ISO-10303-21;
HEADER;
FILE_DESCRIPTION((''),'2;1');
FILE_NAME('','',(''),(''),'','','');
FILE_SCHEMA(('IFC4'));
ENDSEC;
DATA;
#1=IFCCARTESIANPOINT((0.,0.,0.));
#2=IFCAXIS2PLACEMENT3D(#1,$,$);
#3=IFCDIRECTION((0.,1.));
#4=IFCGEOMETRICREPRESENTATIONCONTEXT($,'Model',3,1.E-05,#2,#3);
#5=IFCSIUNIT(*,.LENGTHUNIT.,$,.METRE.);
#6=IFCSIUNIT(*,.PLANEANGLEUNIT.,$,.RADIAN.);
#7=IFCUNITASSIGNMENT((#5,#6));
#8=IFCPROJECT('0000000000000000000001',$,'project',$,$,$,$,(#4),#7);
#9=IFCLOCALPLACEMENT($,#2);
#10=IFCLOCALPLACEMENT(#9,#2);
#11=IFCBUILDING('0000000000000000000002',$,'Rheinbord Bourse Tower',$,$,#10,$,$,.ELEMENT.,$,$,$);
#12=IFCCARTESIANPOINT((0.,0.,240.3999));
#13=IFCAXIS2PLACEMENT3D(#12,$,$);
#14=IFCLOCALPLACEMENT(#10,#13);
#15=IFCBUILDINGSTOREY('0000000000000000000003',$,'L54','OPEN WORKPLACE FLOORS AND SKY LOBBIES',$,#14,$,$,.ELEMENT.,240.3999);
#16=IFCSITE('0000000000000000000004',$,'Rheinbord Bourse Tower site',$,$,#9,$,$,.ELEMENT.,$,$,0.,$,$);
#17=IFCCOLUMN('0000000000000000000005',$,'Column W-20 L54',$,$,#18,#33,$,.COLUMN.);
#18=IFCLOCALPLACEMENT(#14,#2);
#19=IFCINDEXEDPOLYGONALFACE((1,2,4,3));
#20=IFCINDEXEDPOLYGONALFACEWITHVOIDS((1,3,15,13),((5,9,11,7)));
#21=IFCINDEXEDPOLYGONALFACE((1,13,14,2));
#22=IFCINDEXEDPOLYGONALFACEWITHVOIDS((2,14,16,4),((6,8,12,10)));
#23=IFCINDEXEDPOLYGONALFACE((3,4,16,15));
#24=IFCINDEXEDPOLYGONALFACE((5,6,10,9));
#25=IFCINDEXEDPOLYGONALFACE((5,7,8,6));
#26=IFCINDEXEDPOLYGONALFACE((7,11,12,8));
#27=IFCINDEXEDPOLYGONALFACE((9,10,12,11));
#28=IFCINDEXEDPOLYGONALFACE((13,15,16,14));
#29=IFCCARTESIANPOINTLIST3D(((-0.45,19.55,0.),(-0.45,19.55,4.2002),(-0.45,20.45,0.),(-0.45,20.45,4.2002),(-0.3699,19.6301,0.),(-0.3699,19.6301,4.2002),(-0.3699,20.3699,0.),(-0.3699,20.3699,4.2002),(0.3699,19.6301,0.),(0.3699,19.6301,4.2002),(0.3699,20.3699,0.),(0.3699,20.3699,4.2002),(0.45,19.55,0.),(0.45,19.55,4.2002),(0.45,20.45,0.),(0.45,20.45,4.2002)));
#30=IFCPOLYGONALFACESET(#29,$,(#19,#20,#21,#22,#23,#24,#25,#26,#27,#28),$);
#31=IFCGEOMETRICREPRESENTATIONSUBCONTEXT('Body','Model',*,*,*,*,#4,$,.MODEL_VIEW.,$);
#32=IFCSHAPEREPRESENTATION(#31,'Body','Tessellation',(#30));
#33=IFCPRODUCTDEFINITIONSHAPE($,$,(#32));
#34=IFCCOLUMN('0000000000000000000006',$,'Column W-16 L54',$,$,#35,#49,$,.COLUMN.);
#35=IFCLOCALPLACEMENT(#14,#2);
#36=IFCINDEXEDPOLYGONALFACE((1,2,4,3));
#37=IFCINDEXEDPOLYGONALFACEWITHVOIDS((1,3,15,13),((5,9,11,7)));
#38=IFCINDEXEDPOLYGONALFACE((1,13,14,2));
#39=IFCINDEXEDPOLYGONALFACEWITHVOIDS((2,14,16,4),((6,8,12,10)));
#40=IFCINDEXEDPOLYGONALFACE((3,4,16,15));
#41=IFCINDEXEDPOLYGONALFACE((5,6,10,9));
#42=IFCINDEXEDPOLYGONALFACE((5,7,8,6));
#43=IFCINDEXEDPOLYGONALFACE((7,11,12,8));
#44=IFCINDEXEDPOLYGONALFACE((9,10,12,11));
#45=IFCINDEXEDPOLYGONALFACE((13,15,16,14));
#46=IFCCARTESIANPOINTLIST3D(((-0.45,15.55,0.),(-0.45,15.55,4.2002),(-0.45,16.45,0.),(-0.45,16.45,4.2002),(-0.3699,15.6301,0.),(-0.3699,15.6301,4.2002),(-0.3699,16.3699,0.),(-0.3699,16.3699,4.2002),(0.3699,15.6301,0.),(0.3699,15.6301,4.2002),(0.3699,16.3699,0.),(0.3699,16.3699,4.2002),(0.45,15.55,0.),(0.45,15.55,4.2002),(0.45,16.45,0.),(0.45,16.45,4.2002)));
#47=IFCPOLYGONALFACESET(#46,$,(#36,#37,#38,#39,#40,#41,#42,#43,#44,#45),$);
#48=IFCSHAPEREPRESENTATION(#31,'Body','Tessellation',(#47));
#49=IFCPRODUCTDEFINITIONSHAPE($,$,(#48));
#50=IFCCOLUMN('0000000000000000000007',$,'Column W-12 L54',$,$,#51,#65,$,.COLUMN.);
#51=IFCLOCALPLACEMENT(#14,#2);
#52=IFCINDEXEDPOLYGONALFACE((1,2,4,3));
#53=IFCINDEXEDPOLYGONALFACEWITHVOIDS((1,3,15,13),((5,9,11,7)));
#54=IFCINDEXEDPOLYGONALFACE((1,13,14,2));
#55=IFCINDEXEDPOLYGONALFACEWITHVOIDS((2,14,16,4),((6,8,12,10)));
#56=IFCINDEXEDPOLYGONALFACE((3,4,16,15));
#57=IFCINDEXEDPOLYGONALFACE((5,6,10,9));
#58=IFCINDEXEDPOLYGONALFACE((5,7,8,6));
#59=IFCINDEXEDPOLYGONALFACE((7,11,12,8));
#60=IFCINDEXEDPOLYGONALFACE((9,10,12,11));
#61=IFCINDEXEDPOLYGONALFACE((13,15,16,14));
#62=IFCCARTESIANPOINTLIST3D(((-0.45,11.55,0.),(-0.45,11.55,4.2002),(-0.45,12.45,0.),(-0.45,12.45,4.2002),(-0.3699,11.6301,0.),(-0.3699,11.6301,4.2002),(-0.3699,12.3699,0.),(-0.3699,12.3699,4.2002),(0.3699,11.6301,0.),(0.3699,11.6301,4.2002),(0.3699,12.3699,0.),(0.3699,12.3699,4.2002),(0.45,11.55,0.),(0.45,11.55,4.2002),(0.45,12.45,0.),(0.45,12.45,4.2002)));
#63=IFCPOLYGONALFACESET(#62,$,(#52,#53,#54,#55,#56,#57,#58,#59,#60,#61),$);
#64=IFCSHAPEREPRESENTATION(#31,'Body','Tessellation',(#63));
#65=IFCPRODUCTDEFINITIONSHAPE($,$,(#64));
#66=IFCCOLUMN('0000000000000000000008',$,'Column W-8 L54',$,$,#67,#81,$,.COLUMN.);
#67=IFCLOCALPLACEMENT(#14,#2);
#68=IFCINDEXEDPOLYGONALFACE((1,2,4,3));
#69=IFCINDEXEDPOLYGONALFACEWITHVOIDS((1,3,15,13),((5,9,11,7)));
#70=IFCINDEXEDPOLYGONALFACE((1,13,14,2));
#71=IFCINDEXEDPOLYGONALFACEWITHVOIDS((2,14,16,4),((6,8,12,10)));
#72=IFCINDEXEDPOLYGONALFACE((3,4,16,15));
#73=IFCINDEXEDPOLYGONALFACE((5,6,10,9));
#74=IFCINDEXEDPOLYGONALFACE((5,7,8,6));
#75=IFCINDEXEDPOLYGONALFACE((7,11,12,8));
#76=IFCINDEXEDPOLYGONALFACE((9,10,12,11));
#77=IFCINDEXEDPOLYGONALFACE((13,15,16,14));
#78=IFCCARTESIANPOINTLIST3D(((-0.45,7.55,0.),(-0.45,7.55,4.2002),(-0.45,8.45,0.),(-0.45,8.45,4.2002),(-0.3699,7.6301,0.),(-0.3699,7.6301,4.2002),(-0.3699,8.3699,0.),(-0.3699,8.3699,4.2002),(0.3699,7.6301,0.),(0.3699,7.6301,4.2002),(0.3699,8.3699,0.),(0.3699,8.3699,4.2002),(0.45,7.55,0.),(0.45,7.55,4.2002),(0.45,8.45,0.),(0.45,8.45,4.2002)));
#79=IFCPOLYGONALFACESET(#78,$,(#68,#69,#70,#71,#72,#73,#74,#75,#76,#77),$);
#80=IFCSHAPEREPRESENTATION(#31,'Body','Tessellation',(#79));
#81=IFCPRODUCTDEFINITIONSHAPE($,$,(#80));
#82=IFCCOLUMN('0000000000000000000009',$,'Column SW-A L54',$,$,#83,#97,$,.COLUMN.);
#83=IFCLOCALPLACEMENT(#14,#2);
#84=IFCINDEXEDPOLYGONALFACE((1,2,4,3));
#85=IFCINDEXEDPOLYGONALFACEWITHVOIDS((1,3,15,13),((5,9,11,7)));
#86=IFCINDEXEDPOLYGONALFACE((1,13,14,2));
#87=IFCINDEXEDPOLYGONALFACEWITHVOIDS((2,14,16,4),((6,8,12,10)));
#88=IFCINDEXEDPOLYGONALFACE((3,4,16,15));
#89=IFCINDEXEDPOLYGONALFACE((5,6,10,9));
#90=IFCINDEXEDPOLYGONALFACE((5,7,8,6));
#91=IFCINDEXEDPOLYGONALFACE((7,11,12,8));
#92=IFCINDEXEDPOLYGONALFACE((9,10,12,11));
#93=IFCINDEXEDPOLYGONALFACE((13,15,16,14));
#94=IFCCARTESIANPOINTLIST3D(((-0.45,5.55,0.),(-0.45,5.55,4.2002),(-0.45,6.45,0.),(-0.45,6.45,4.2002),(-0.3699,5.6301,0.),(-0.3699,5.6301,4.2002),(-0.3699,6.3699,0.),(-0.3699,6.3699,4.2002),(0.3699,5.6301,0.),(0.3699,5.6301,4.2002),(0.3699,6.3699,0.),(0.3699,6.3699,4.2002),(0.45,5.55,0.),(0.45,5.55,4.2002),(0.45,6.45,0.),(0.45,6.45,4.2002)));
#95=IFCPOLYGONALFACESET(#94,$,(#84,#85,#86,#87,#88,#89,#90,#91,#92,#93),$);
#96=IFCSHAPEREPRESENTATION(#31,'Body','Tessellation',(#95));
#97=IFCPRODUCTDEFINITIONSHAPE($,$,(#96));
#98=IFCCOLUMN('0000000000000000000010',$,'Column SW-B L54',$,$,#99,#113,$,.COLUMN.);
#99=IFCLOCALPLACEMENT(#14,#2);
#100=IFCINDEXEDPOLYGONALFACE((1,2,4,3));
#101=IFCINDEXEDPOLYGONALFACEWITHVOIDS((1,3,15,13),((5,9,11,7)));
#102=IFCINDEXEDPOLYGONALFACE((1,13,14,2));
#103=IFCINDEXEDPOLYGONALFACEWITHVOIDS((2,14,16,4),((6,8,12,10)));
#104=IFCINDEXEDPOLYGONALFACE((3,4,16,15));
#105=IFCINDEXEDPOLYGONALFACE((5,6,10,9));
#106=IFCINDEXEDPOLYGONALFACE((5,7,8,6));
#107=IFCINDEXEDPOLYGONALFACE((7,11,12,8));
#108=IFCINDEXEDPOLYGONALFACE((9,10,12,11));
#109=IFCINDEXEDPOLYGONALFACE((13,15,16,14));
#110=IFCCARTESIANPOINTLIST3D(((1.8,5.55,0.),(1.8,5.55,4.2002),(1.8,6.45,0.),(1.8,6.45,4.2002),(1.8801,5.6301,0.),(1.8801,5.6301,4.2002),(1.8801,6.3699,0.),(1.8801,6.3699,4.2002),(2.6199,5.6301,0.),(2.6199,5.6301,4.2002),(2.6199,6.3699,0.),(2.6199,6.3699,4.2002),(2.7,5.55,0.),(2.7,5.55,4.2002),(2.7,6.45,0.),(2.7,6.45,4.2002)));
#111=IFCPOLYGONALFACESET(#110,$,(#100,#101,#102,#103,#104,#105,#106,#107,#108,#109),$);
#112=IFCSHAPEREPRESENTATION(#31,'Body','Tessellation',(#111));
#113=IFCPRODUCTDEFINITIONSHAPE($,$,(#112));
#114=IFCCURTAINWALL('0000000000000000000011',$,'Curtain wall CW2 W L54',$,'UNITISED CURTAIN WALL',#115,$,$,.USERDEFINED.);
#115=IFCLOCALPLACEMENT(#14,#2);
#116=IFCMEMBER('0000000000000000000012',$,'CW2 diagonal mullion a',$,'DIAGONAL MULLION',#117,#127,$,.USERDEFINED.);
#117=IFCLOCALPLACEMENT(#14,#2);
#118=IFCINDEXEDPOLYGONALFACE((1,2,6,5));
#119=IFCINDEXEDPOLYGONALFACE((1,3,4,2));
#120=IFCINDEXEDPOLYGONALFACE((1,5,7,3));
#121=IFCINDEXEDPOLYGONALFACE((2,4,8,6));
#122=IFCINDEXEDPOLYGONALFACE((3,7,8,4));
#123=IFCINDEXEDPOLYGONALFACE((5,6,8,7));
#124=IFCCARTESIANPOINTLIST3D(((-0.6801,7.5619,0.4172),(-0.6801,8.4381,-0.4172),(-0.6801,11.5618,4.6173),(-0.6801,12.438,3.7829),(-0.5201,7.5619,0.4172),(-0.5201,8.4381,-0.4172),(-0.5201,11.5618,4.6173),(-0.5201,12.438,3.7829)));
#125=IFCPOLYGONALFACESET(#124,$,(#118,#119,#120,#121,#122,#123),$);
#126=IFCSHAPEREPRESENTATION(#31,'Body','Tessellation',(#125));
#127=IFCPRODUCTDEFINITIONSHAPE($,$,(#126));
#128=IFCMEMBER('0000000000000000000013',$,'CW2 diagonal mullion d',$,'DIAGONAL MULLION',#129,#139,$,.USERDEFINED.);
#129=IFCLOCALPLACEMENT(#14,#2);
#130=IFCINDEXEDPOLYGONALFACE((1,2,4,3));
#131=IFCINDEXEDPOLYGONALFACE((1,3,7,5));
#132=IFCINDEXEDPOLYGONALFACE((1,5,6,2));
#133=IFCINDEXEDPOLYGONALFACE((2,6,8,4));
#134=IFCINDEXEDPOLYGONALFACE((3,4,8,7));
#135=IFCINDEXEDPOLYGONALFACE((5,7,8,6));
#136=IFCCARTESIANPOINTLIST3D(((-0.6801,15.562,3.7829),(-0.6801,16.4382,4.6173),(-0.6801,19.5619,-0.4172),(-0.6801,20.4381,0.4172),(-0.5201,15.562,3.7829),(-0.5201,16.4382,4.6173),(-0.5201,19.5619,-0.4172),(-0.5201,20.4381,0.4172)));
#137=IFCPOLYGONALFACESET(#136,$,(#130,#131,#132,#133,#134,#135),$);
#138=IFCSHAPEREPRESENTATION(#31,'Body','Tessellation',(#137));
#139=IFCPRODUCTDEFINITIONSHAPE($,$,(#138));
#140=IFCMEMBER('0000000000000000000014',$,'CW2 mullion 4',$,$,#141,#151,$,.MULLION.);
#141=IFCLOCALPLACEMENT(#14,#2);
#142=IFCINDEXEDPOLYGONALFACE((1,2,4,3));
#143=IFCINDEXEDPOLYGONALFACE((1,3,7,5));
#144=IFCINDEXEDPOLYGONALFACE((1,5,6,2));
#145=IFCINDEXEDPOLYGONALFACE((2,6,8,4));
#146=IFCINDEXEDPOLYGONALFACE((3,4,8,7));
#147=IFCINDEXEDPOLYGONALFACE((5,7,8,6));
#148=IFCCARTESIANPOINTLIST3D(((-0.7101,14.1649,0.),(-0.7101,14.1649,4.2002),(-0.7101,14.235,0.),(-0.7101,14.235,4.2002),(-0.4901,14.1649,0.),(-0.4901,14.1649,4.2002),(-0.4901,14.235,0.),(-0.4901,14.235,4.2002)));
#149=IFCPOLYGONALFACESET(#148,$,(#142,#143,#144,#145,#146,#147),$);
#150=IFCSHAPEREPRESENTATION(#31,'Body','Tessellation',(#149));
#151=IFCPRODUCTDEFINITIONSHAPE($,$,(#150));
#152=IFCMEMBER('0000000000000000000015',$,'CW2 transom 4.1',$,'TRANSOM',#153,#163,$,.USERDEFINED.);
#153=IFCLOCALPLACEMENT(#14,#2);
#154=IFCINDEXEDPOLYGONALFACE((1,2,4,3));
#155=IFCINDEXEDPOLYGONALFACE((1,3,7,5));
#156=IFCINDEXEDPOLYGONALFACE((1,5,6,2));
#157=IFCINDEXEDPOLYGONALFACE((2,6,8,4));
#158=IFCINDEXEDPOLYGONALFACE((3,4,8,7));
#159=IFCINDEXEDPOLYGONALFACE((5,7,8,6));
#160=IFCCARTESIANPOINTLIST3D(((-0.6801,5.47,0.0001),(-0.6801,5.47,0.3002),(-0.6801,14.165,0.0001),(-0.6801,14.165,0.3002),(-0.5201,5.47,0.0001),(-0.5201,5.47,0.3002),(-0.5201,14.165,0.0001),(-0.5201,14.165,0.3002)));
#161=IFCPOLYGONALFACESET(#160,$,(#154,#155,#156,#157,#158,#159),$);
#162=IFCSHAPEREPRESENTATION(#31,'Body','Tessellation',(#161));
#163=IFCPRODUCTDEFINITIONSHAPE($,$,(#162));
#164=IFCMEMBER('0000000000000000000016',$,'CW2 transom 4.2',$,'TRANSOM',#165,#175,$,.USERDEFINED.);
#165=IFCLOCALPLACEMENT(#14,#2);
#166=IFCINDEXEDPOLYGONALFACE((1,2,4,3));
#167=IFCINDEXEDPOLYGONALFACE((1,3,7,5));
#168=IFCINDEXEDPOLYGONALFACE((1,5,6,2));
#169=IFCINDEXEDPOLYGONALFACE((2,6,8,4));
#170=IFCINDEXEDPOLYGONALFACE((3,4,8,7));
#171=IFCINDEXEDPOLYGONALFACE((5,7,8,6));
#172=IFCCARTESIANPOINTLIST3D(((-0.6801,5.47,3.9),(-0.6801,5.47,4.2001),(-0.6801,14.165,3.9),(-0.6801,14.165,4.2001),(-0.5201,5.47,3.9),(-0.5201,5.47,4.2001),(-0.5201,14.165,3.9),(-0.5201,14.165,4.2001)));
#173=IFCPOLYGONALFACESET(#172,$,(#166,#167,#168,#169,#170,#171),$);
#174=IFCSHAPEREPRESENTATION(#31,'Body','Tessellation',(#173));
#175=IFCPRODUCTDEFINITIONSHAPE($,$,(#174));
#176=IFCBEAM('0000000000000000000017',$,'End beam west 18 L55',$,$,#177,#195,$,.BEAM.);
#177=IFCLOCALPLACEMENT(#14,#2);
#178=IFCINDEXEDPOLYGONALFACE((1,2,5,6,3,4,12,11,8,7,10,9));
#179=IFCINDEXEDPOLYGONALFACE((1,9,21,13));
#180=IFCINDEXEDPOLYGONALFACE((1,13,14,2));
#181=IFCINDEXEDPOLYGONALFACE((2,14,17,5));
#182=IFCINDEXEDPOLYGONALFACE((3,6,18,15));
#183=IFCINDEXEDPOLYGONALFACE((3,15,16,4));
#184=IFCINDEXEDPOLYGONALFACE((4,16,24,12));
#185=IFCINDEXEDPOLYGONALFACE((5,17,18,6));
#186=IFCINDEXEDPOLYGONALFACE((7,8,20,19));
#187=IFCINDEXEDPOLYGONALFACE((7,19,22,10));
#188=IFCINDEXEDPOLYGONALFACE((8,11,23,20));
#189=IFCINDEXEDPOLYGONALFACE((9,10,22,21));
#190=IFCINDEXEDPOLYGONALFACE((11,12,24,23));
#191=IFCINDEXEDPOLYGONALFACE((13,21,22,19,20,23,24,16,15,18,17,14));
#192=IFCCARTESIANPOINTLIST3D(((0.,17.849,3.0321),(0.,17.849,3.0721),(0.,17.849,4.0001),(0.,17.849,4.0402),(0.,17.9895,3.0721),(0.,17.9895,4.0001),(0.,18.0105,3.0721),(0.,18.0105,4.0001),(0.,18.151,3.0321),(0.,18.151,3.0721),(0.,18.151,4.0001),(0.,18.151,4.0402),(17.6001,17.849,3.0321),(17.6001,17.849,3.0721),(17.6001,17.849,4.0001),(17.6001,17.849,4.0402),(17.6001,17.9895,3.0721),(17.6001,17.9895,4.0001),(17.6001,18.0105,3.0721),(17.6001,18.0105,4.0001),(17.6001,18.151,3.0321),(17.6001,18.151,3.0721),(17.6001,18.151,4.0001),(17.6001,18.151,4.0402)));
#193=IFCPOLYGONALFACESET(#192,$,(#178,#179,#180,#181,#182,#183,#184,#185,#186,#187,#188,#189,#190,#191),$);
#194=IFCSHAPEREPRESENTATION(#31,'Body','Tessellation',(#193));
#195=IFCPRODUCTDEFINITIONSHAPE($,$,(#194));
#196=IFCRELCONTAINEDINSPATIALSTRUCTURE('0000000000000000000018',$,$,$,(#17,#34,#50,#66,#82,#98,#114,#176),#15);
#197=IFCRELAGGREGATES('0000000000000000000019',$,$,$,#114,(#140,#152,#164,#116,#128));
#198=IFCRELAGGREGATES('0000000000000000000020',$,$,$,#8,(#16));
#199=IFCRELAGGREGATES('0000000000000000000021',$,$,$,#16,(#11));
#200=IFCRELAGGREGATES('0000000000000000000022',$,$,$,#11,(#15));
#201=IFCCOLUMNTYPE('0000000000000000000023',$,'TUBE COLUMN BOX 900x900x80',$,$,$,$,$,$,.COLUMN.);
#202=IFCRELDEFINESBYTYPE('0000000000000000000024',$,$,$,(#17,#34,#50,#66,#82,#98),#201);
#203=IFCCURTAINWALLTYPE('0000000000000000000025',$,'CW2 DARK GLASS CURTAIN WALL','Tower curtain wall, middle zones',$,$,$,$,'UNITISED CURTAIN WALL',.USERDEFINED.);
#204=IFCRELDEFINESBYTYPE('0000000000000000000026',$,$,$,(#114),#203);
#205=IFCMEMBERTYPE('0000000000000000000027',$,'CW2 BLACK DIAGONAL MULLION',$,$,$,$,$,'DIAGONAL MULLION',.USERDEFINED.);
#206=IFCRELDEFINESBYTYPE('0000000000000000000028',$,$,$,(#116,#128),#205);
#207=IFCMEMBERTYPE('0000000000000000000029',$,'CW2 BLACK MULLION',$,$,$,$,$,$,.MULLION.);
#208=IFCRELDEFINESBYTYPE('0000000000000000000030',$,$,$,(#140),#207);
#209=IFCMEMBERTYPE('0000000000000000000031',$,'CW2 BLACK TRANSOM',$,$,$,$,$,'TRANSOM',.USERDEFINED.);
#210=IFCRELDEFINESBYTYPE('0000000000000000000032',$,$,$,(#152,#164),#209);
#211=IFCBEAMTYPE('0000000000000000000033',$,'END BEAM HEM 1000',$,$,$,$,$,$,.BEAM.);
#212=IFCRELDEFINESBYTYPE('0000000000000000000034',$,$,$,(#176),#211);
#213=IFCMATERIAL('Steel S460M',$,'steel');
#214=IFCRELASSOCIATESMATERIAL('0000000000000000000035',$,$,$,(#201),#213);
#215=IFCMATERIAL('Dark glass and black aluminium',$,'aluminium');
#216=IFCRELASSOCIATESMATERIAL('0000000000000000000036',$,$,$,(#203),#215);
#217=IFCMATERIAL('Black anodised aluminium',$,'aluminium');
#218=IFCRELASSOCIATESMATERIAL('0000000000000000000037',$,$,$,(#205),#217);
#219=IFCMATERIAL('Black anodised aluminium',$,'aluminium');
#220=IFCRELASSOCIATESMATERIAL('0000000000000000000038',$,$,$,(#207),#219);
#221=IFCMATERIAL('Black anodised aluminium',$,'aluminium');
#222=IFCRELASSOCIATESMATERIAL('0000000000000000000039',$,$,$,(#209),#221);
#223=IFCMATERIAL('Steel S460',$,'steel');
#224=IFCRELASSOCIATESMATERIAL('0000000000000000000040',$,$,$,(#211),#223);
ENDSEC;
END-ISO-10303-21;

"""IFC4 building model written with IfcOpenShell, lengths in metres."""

from ifc_helpers import new_model, si_unit, direction, frame, origin, origin_2d, place, context, subcontext, project, spatial, rectangle, hollow_rectangle, i_section, extrude, material, material_profile, profile_set, type_object, element, aggregate, save


model = new_model("IFC4")

# Units and contexts
model_context = context("Model", 3, precision=1e-05, world=origin(), true_north=direction((0.0, 1.0)))
body_context = subcontext(model_context, "Body", "Model", "MODEL_VIEW")
ifc_project = project(units=[si_unit("LENGTHUNIT", "METRE"), si_unit("PLANEANGLEUNIT", "RADIAN")], contexts=[model_context])

# Site, building, storey
site_placement = place(None, origin())
site = spatial("IfcSite", under=ifc_project, at=site_placement, Name="Rheinbord Bourse Tower site", CompositionType="ELEMENT", RefElevation=0.0)
building_placement = place(site_placement, origin())
building = spatial("IfcBuilding", under=site, at=building_placement, Name="Rheinbord Bourse Tower", CompositionType="ELEMENT")
storey_placement = place(building_placement, frame((0.0, 0.0, 240.3999)))
storey = spatial("IfcBuildingStorey", under=building, at=storey_placement, Name="L54", Description="OPEN WORKPLACE FLOORS AND SKY LOBBIES", CompositionType="ELEMENT", Elevation=240.3999)

# Columns
ifc_material_1 = material(Name="Steel S460M", Category="steel")
ifc_material_profile_1 = material_profile(ifc_material_1, hollow_rectangle(XDim=0.8999, YDim=0.8999, WallThickness=0.0801, at=origin_2d()), Name="BOX 900x900x80")
ifc_profile_set_1 = profile_set([ifc_material_profile_1], Name="Steel S460M")
column_type = type_object("IfcColumnType", Name="TUBE COLUMN BOX 900x900x80", PredefinedType="COLUMN", material=ifc_profile_set_1)
for number, where, z_axis, x_axis, name in (
    (1, (0.0, 20.0, 0.0), (0.0, 0.0, 1.0), (1.0, 0.0, 0.0), "Column W-20 L54"),
    (2, (0.0, 16.0, 0.0), (0.0, 0.0, 1.0), (1.0, 0.0, 0.0), "Column W-16 L54"),
    (3, (0.0, 12.0, 0.0), (0.0, 0.0, 1.0), (1.0, 0.0, 0.0), "Column W-12 L54"),
    (4, (0.0, 8.0, 0.0), (0.0, 0.0, 1.0), (1.0, 0.0, 0.0), "Column W-8 L54"),
    (5, (0.0, 6.0, 0.0), (0.0, 0.0, 1.0), (1.0, 0.0, 0.0), "Column SW-A L54"),
    (6, (2.25, 6.0, 0.0), (0.0, 0.0, 1.0), (1.0, 0.0, 0.0), "Column SW-B L54"),
):
    element("IfcColumn", number, at=place(storey_placement, frame(where, z_axis=z_axis, x_axis=x_axis)), inside=storey, type_object=column_type, Name=name, PredefinedType="COLUMN", context=body_context, shape_type="SweptSolid", body=[
        extrude(hollow_rectangle(XDim=0.8999, YDim=0.8999, WallThickness=0.0801, at=origin_2d()), origin(), (0.0, 0.0, 1.0), 4.2002),
    ])

# Curtain wall, members
ifc_material_2 = material(Name="Dark glass and black aluminium", Category="aluminium")
curtain_wall_type = type_object("IfcCurtainWallType", Name="CW2 DARK GLASS CURTAIN WALL", Description="Tower curtain wall, middle zones", ElementType="UNITISED CURTAIN WALL", PredefinedType="USERDEFINED", material=ifc_material_2)
curtain_wall_placement = place(storey_placement, origin())
curtain_wall = element("IfcCurtainWall", 7, at=curtain_wall_placement, inside=storey, type_object=curtain_wall_type, Name="Curtain wall CW2 W L54", ObjectType="UNITISED CURTAIN WALL", PredefinedType="USERDEFINED")
ifc_material_3 = material(Name="Black anodised aluminium", Category="aluminium")
ifc_material_profile_2 = material_profile(ifc_material_3, rectangle(XDim=0.1599, YDim=1.21, at=origin_2d()), Name="CW2 DIAGONAL MULLION 1210x160")
ifc_profile_set_2 = profile_set([ifc_material_profile_2], Name="Black anodised aluminium")
member_type_1 = type_object("IfcMemberType", Name="CW2 BLACK DIAGONAL MULLION", ElementType="DIAGONAL MULLION", PredefinedType="USERDEFINED", material=ifc_profile_set_2)
member_1_placement = place(storey_placement, frame((-0.6001, 8.0, 0.0), z_axis=(0.0, 0.689638, 0.724154), x_axis=(-1.0, 0.0, 0.0)))
member_1 = element("IfcMember", 8, at=member_1_placement, type_object=member_type_1, Name="CW2 diagonal mullion a", ObjectType="DIAGONAL MULLION", PredefinedType="USERDEFINED", context=body_context, shape_type="SweptSolid", body=[
    extrude(rectangle(XDim=0.1599, YDim=1.21, at=origin_2d()), origin(), (0.0, 0.0, 1.0), 5.8),
])
member_2_placement = place(storey_placement, frame((-0.6001, 20.0, 0.0), z_axis=(0.0, -0.689638, 0.724154), x_axis=(1.0, 0.0, 0.0)))
member_2 = element("IfcMember", 9, at=member_2_placement, type_object=member_type_1, Name="CW2 diagonal mullion d", ObjectType="DIAGONAL MULLION", PredefinedType="USERDEFINED", context=body_context, shape_type="SweptSolid", body=[
    extrude(rectangle(XDim=0.1599, YDim=1.21, at=origin_2d()), origin(), (0.0, 0.0, 1.0), 5.8),
])
ifc_material_4 = material(Name="Black anodised aluminium", Category="aluminium")
ifc_material_profile_3 = material_profile(ifc_material_4, rectangle(XDim=0.22, YDim=0.0701, at=origin_2d()), Name="CW2 MULLION 70x220")
ifc_profile_set_3 = profile_set([ifc_material_profile_3], Name="Black anodised aluminium")
member_type_2 = type_object("IfcMemberType", Name="CW2 BLACK MULLION", PredefinedType="MULLION", material=ifc_profile_set_3)
member_3_placement = place(storey_placement, frame((-0.6001, 14.2, 0.0), z_axis=(0.0, 0.0, 1.0), x_axis=(1.0, 0.0, 0.0)))
member_3 = element("IfcMember", 10, at=member_3_placement, type_object=member_type_2, Name="CW2 mullion 4", PredefinedType="MULLION", context=body_context, shape_type="SweptSolid", body=[
    extrude(rectangle(XDim=0.22, YDim=0.0701, at=origin_2d()), origin(), (0.0, 0.0, 1.0), 4.2002),
])
ifc_material_5 = material(Name="Black anodised aluminium", Category="aluminium")
ifc_material_profile_4 = material_profile(ifc_material_5, rectangle(XDim=0.1599, YDim=0.3, at=origin_2d()), Name="CW2 TRANSOM 300x160")
ifc_profile_set_4 = profile_set([ifc_material_profile_4], Name="Black anodised aluminium")
member_type_3 = type_object("IfcMemberType", Name="CW2 BLACK TRANSOM", ElementType="TRANSOM", PredefinedType="USERDEFINED", material=ifc_profile_set_4)
member_4_placement = place(storey_placement, frame((-0.6001, 14.165, 0.1501), z_axis=(0.0, -1.0, 0.0), x_axis=(1.0, 0.0, 0.0)))
member_4 = element("IfcMember", 11, at=member_4_placement, type_object=member_type_3, Name="CW2 transom 4.1", ObjectType="TRANSOM", PredefinedType="USERDEFINED", context=body_context, shape_type="SweptSolid", body=[
    extrude(rectangle(XDim=0.1599, YDim=0.3, at=origin_2d()), origin(), (0.0, 0.0, 1.0), 8.6951),
])
member_5_placement = place(storey_placement, frame((-0.6001, 14.165, 4.05), z_axis=(0.0, -1.0, 0.0), x_axis=(1.0, 0.0, 0.0)))
member_5 = element("IfcMember", 12, at=member_5_placement, type_object=member_type_3, Name="CW2 transom 4.2", ObjectType="TRANSOM", PredefinedType="USERDEFINED", context=body_context, shape_type="SweptSolid", body=[
    extrude(rectangle(XDim=0.1599, YDim=0.3, at=origin_2d()), origin(), (0.0, 0.0, 1.0), 8.6951),
])

# Beam
ifc_material_6 = material(Name="Steel S460", Category="steel")
ifc_material_profile_5 = material_profile(ifc_material_6, i_section(OverallWidth=0.302, OverallDepth=1.0081, WebThickness=0.021, FlangeThickness=0.04, at=origin_2d()), Name="HEM 1000")
ifc_profile_set_5 = profile_set([ifc_material_profile_5], Name="Steel S460")
beam_type_1 = type_object("IfcBeamType", Name="END BEAM HEM 1000", PredefinedType="BEAM", material=ifc_profile_set_5)
for number, where, z_axis, x_axis, name in (
    (13, (0.0, 18.0, 3.5361), (1.0, 0.0, 0.0), (0.0, 1.0, 0.0), "End beam west 18 L55"),
):
    element("IfcBeam", number, at=place(storey_placement, frame(where, z_axis=z_axis, x_axis=x_axis)), inside=storey, type_object=beam_type_1, Name=name, PredefinedType="BEAM", context=body_context, shape_type="SweptSolid", body=[
        extrude(i_section(OverallWidth=0.302, OverallDepth=1.0081, WebThickness=0.021, FlangeThickness=0.04, at=origin_2d()), origin(), (0.0, 0.0, 1.0), 17.6001),
    ])

aggregate(curtain_wall, [member_3, member_4, member_5, member_1, member_2])

save(model, "model.ifc")
